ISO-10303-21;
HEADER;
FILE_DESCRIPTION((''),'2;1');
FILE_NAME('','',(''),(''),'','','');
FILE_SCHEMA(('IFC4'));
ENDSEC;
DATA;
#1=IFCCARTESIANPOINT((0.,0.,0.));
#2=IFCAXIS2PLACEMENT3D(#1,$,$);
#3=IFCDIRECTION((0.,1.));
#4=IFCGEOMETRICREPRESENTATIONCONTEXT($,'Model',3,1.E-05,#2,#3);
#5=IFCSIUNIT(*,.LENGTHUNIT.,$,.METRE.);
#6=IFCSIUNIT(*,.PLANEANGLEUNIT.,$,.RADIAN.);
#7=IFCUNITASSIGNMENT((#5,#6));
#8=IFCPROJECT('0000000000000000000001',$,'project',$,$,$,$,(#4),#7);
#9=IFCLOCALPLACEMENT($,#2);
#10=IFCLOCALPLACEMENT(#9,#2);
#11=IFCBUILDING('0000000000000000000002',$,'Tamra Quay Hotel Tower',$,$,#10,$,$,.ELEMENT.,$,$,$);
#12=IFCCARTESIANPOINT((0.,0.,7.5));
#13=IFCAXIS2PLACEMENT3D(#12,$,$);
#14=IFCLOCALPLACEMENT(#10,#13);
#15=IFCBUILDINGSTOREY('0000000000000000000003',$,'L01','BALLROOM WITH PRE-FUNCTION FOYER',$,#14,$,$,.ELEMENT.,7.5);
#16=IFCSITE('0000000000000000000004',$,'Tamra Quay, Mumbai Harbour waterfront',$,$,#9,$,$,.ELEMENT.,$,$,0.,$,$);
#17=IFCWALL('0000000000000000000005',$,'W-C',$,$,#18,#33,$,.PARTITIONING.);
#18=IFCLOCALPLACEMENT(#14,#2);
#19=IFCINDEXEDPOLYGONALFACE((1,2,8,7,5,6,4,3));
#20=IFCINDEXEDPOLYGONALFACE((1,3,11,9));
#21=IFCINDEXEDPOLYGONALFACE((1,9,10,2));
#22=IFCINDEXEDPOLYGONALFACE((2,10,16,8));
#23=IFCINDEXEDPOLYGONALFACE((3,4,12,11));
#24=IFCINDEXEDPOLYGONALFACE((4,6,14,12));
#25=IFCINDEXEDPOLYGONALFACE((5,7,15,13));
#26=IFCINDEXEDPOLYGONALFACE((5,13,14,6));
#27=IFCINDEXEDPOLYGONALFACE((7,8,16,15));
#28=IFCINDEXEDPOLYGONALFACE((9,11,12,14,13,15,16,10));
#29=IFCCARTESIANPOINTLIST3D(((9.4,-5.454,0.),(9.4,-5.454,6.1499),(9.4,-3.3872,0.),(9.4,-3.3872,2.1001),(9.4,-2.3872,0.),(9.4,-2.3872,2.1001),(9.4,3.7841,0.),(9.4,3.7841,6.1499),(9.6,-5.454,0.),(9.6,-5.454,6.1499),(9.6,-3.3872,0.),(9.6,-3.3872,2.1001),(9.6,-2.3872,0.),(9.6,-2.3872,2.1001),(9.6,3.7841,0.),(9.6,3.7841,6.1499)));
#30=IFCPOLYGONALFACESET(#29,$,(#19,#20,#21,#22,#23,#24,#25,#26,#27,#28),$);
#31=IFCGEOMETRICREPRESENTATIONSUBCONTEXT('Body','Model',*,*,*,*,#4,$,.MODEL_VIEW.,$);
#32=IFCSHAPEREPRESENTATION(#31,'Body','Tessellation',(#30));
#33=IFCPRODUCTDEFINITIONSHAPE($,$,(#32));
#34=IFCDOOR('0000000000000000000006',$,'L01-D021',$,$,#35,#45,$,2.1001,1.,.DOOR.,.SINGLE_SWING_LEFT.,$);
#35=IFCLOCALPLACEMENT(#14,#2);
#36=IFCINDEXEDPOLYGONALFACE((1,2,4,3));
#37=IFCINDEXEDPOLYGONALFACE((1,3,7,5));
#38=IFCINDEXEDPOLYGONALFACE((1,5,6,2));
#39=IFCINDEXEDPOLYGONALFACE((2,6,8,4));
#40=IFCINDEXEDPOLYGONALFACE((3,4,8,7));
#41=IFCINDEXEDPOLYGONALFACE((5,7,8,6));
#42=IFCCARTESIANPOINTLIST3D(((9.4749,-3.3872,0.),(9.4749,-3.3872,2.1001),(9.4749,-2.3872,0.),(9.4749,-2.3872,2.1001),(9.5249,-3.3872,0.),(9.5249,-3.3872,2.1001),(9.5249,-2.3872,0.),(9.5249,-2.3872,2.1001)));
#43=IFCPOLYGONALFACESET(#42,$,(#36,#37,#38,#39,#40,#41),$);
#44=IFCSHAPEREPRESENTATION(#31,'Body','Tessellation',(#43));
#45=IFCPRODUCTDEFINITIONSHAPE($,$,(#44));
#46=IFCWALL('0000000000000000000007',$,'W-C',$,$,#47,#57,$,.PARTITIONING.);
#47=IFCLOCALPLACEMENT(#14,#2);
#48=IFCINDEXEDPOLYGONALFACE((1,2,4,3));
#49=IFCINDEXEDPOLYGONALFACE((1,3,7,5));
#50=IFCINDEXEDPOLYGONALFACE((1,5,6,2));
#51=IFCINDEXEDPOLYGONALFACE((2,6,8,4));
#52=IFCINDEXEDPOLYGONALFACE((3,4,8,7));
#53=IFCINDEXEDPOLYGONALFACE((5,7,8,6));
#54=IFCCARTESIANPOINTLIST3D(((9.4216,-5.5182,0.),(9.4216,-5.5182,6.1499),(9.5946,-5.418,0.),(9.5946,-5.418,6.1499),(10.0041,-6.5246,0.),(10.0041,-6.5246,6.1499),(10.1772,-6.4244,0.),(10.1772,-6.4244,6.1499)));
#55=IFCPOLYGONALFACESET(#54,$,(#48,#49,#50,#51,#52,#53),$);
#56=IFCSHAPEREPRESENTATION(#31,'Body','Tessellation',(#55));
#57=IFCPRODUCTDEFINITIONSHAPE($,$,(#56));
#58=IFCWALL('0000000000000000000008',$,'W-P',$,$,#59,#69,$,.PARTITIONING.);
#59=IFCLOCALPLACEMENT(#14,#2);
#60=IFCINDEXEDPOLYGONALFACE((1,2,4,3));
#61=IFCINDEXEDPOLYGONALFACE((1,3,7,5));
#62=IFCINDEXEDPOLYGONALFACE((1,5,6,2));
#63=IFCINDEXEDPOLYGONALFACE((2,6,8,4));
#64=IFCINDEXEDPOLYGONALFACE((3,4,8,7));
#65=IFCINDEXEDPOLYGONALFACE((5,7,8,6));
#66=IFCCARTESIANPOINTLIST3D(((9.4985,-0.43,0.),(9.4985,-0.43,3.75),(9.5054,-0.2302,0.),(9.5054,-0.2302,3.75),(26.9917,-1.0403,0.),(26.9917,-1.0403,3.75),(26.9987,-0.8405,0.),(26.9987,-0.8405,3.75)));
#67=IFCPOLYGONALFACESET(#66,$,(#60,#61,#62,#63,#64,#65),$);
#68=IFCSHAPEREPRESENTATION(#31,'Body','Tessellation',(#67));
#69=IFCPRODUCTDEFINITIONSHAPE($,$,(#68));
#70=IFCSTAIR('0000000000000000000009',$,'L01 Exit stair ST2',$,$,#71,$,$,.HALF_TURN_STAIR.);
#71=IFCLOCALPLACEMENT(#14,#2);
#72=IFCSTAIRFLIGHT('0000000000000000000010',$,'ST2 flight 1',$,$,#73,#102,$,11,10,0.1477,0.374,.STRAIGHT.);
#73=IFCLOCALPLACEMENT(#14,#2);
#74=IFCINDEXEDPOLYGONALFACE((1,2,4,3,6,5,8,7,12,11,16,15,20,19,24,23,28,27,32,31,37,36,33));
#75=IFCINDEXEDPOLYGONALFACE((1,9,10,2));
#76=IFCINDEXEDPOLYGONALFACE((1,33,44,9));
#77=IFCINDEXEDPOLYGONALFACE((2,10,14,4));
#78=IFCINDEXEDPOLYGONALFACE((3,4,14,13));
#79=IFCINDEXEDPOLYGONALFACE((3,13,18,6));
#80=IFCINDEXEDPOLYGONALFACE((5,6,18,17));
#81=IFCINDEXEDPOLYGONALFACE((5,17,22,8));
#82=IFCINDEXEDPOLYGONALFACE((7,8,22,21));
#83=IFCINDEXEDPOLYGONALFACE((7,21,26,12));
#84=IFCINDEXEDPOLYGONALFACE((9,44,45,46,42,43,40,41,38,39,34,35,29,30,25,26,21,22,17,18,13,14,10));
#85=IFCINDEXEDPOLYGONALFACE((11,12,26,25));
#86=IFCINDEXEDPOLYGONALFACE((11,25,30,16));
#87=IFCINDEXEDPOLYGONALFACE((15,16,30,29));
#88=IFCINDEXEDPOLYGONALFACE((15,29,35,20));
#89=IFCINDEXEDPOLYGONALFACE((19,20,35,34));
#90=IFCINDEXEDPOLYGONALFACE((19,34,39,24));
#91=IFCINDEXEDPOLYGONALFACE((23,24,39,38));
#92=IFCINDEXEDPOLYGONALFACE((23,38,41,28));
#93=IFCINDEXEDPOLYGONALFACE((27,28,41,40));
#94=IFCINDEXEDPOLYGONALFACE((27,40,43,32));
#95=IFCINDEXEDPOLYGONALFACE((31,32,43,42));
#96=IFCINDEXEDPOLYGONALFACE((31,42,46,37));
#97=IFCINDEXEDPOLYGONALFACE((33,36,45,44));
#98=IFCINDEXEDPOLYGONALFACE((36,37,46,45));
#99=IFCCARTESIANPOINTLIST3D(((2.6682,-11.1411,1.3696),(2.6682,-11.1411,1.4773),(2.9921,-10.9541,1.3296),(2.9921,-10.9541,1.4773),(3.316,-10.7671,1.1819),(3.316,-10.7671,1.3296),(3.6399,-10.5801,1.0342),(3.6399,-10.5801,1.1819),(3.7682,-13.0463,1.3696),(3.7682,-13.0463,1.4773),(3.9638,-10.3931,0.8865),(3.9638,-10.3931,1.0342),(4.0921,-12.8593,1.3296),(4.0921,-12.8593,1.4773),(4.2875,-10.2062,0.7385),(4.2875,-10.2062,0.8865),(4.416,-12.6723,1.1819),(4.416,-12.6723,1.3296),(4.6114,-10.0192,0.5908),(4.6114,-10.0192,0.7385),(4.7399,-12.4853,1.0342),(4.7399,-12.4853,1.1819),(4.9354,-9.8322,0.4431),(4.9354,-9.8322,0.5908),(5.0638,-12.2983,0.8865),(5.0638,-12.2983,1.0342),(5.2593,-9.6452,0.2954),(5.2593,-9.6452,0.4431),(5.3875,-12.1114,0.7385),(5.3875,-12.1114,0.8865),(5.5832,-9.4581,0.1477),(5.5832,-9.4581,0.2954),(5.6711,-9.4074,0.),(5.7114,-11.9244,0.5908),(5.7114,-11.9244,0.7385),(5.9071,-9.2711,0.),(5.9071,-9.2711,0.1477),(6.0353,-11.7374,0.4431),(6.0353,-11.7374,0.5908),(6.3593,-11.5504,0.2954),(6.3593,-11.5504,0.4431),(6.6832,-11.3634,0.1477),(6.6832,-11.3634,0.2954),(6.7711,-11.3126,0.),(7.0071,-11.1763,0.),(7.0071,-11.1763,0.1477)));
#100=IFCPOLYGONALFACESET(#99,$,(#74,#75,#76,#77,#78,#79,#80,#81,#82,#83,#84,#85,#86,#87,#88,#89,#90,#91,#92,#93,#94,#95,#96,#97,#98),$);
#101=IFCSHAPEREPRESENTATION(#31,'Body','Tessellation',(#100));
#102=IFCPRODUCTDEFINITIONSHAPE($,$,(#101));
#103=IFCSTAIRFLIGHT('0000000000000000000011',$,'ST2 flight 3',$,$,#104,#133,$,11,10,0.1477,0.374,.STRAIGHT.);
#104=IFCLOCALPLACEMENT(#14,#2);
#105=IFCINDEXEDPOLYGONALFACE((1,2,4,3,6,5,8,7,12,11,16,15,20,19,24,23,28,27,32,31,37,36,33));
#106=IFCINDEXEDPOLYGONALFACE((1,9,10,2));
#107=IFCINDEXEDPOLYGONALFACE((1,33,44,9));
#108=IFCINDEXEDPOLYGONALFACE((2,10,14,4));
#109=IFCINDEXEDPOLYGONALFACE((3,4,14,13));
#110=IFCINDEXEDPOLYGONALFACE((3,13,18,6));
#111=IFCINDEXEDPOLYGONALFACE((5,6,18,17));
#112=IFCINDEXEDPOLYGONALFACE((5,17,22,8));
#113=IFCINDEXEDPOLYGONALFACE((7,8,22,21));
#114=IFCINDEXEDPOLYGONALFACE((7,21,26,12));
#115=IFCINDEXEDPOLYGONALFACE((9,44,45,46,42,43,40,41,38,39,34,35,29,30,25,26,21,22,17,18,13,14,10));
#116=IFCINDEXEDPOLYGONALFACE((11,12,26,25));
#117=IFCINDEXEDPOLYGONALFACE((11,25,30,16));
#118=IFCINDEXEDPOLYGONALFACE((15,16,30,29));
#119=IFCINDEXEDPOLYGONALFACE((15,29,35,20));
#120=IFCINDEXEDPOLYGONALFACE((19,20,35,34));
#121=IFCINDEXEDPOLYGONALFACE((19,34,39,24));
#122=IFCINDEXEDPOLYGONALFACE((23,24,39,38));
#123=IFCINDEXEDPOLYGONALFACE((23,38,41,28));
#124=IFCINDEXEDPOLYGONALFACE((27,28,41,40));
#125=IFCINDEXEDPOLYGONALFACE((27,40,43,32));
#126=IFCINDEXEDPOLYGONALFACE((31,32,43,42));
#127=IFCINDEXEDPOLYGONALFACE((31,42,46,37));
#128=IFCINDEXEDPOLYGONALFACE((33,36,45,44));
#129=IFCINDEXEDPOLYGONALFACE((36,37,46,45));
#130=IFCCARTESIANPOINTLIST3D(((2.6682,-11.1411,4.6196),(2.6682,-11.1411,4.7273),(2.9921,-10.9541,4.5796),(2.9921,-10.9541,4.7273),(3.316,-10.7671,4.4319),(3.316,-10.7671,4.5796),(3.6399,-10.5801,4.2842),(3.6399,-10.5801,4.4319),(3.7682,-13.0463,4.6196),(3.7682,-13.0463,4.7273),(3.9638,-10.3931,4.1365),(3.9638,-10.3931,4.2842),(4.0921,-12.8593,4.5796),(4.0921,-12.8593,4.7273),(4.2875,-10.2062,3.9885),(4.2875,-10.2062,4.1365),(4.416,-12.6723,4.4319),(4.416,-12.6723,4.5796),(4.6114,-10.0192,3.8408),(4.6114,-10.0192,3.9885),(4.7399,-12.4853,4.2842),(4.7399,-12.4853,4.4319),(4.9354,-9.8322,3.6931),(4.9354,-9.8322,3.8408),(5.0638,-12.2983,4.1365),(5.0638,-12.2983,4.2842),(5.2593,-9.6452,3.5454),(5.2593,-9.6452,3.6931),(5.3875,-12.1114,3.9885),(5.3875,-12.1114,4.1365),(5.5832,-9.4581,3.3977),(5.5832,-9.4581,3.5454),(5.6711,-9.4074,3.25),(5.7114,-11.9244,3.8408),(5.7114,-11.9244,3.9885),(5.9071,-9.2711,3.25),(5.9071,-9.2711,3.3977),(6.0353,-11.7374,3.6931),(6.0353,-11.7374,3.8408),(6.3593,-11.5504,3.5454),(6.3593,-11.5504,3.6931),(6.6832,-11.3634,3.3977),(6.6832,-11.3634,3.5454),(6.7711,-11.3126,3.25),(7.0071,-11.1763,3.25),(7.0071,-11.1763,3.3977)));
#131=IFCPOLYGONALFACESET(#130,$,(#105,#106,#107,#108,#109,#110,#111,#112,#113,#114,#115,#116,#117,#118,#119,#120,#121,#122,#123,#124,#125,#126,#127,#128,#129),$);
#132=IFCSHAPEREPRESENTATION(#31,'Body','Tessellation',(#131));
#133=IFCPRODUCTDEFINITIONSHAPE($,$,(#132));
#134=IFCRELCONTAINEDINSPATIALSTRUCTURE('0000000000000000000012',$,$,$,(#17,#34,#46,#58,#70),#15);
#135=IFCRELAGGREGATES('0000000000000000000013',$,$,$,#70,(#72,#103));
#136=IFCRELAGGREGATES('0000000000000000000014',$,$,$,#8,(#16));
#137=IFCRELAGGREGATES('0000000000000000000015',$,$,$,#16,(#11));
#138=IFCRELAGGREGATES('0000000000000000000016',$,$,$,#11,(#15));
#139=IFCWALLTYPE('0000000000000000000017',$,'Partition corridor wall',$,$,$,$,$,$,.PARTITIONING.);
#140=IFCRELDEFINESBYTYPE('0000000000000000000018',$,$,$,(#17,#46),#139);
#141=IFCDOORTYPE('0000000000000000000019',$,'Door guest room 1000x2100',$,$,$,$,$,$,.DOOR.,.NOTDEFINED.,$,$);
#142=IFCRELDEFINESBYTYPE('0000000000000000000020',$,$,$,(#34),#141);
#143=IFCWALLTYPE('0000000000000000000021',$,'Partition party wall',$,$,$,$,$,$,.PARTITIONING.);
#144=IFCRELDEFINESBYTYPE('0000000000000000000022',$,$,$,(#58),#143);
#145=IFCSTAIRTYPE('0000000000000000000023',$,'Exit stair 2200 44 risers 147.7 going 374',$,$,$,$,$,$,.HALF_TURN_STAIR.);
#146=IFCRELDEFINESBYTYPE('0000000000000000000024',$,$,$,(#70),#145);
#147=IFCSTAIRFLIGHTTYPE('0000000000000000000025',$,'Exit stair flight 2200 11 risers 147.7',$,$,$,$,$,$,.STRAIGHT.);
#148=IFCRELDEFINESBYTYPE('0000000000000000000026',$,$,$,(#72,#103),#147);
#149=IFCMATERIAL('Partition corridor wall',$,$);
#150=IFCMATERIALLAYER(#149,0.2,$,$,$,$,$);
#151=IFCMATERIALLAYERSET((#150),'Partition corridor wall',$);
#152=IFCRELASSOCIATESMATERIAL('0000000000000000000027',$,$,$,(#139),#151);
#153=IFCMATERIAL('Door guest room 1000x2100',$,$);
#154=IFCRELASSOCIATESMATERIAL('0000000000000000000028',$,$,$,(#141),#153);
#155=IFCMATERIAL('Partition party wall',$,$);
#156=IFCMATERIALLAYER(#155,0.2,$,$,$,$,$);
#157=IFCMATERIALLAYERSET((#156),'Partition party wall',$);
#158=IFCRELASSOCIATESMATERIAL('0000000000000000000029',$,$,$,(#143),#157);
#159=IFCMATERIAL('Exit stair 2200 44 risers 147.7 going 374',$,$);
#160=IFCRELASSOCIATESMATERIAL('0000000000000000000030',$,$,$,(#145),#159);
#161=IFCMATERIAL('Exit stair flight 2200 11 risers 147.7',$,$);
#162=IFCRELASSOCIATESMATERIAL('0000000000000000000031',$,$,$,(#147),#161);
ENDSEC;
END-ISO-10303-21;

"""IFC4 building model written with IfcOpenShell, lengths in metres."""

from ifc_helpers import new_model, si_unit, direction, frame, frame_2d, origin, place, context, subcontext, project, spatial, polyline, rectangle, outline, extrude, material, layer, layer_set, type_object, element, fill, aggregate, save


model = new_model("IFC4")

# Units and contexts
model_context = context("Model", 3, precision=1e-05, world=origin(), true_north=direction((0.0, 1.0)))
body_context = subcontext(model_context, "Body", "Model", "MODEL_VIEW")
ifc_project = project(units=[si_unit("LENGTHUNIT", "METRE"), si_unit("PLANEANGLEUNIT", "RADIAN")], contexts=[model_context])

# Site, building, storey
site_placement = place(None, origin())
site = spatial("IfcSite", under=ifc_project, at=site_placement, Name="Tamra Quay, Mumbai Harbour waterfront", CompositionType="ELEMENT", RefElevation=0.0)
building_placement = place(site_placement, origin())
building = spatial("IfcBuilding", under=site, at=building_placement, Name="Tamra Quay Hotel Tower", CompositionType="ELEMENT")
storey_placement = place(building_placement, frame((0.0, 0.0, 7.5)))
storey = spatial("IfcBuildingStorey", under=building, at=storey_placement, Name="L01", Description="BALLROOM WITH PRE-FUNCTION FOYER", CompositionType="ELEMENT", Elevation=7.5)

# Wall, opening, door
ifc_material_1 = material(Name="Partition corridor wall")
ifc_layer_1 = layer(ifc_material_1, 0.2)
ifc_layer_set_1 = layer_set([ifc_layer_1], Name="Partition corridor wall")
wall_type_1 = type_object("IfcWallType", Name="Partition corridor wall", PredefinedType="PARTITIONING", material=ifc_layer_set_1)
wall_1_placement = place(storey_placement, frame((9.5, -5.4541, 0.0), z_axis=(0.0, 0.0, 1.0), x_axis=(0.0, 1.0, 0.0)))
wall_1 = element("IfcWall", 1, at=wall_1_placement, inside=storey, type_object=wall_type_1, Name="W-C", PredefinedType="PARTITIONING", context=body_context, shape_type="SweptSolid", body=[
    extrude(rectangle(XDim=9.238, YDim=0.2, at=frame_2d((4.6191, 0.0))), origin(), (0.0, 0.0, 1.0), 6.1499),
])
opening_1_placement = place(wall_1_placement, frame((2.0669, 0.0, 0.0)))
opening_1 = element("IfcOpeningElement", 2, at=opening_1_placement, cuts=wall_1, PredefinedType="OPENING", context=body_context, shape_type="SweptSolid", body=[
    extrude(rectangle(XDim=1.0, YDim=2.1001, at=frame_2d((0.5, 1.05))), frame((0.0, 0.1099, 0.0), z_axis=(0.0, -1.0, 0.0), x_axis=(1.0, 0.0, 0.0)), (0.0, 0.0, 1.0), 0.22),
])
ifc_material_2 = material(Name="Door guest room 1000x2100")
door_type_1 = type_object("IfcDoorType", Name="Door guest room 1000x2100", OperationType="NOTDEFINED", PredefinedType="DOOR", material=ifc_material_2)
door_1_placement = place(opening_1_placement, frame((1.0, 0.0, 0.0), z_axis=(0.0, 0.0, 1.0), x_axis=(-1.0, 0.0, 0.0)))
door_1 = element("IfcDoor", 3, at=door_1_placement, inside=storey, type_object=door_type_1, Name="L01-D021", OperationType="SINGLE_SWING_LEFT", OverallHeight=2.1001, OverallWidth=1.0, PredefinedType="DOOR", context=body_context, shape_type="SweptSolid", body=[
    extrude(rectangle(XDim=1.0, YDim=2.1001, at=frame_2d((0.5, 1.05))), frame((0.0, 0.0249, 0.0), z_axis=(0.0, -1.0, 0.0), x_axis=(1.0, 0.0, 0.0)), (0.0, 0.0, 1.0), 0.05),
])
fill(opening_1, door_1)

# Walls
wall_2_placement = place(storey_placement, frame((9.5081, -5.468, 0.0), z_axis=(0.0, 0.0, 1.0), x_axis=(0.50097, -0.865465, 0.0)))
element("IfcWall", 4, at=wall_2_placement, inside=storey, type_object=wall_type_1, Name="W-C", PredefinedType="PARTITIONING", context=body_context, shape_type="SweptSolid", body=[
    extrude(rectangle(XDim=1.1628, YDim=0.2, at=frame_2d((0.5815, 0.0))), origin(), (0.0, 0.0, 1.0), 6.1499),
])
ifc_material_3 = material(Name="Partition party wall")
ifc_layer_2 = layer(ifc_material_3, 0.2)
ifc_layer_set_2 = layer_set([ifc_layer_2], Name="Partition party wall")
wall_type_2 = type_object("IfcWallType", Name="Partition party wall", PredefinedType="PARTITIONING", material=ifc_layer_set_2)
wall_3_placement = place(storey_placement, frame((9.502, -0.3301, 0.0), z_axis=(0.0, 0.0, 1.0), x_axis=(0.999392, -0.03487, 0.0)))
element("IfcWall", 5, at=wall_3_placement, inside=storey, type_object=wall_type_2, Name="W-P", PredefinedType="PARTITIONING", context=body_context, shape_type="SweptSolid", body=[
    extrude(rectangle(XDim=17.5039, YDim=0.2, at=frame_2d((8.752, 0.0))), origin(), (0.0, 0.0, 1.0), 3.75),
])

# Stair, stair flights
ifc_material_4 = material(Name="Exit stair 2200 44 risers 147.7 going 374")
stair_type = type_object("IfcStairType", Name="Exit stair 2200 44 risers 147.7 going 374", PredefinedType="HALF_TURN_STAIR", material=ifc_material_4)
stair_placement = place(storey_placement, origin())
stair = element("IfcStair", 6, at=stair_placement, inside=storey, type_object=stair_type, Name="L01 Exit stair ST2", PredefinedType="HALF_TURN_STAIR")
ifc_material_5 = material(Name="Exit stair flight 2200 11 risers 147.7")
stair_flight_type = type_object("IfcStairFlightType", Name="Exit stair flight 2200 11 risers 147.7", PredefinedType="STRAIGHT", material=ifc_material_5)
stair_flight_1_placement = place(storey_placement, frame((6.457, -10.2236, 0.0), z_axis=(0.0, 0.0, 1.0), x_axis=(-0.866025, -0.5, 0.0)))
stair_flight_1 = element("IfcStairFlight", 7, at=stair_flight_1_placement, type_object=stair_flight_type, Name="ST2 flight 1", NumberOfRisers=11, NumberOfTreads=10, PredefinedType="STRAIGHT", RiserHeight=0.1477, TreadLength=0.374, context=body_context, shape_type="SweptSolid", body=[
    extrude(outline(polyline([(0.0, 0.0), (0.0, 0.1477), (0.374, 0.1477), (0.374, 0.2954), (0.748, 0.2954), (0.748, 0.4431), (1.1221, 0.4431), (1.1221, 0.5908), (1.4961, 0.5908), (1.4961, 0.7385), (1.8701, 0.7385), (1.8701, 0.8865), (2.2439, 0.8865), (2.2439, 1.0342), (2.6179, 1.0342), (2.6179, 1.1819), (2.9919, 1.1819), (2.9919, 1.3296), (3.366, 1.3296), (3.366, 1.4773), (3.74, 1.4773), (3.74, 1.625), (3.74, 1.3696), (0.2725, 0.0), (0.0, 0.0)])), frame((0.0, 1.1001, 0.0), z_axis=(0.0, -1.0, 0.0), x_axis=(1.0, 0.0, 0.0)), (0.0, 0.0, 1.0), 2.2),
])
stair_flight_2_placement = place(storey_placement, frame((6.457, -10.2236, 3.25), z_axis=(0.0, 0.0, 1.0), x_axis=(-0.866025, -0.5, 0.0)))
stair_flight_2 = element("IfcStairFlight", 8, at=stair_flight_2_placement, type_object=stair_flight_type, Name="ST2 flight 3", NumberOfRisers=11, NumberOfTreads=10, PredefinedType="STRAIGHT", RiserHeight=0.1477, TreadLength=0.374, context=body_context, shape_type="SweptSolid", body=[
    extrude(outline(polyline([(0.0, 0.0), (0.0, 0.1477), (0.374, 0.1477), (0.374, 0.2954), (0.748, 0.2954), (0.748, 0.4431), (1.1221, 0.4431), (1.1221, 0.5908), (1.4961, 0.5908), (1.4961, 0.7385), (1.8701, 0.7385), (1.8701, 0.8865), (2.2439, 0.8865), (2.2439, 1.0342), (2.6179, 1.0342), (2.6179, 1.1819), (2.9919, 1.1819), (2.9919, 1.3296), (3.366, 1.3296), (3.366, 1.4773), (3.74, 1.4773), (3.74, 1.625), (3.74, 1.3696), (0.2725, 0.0), (0.0, 0.0)])), frame((0.0, 1.1001, 0.0), z_axis=(0.0, -1.0, 0.0), x_axis=(1.0, 0.0, 0.0)), (0.0, 0.0, 1.0), 2.2),
])
aggregate(stair, [stair_flight_1, stair_flight_2])

save(model, "model.ifc")
